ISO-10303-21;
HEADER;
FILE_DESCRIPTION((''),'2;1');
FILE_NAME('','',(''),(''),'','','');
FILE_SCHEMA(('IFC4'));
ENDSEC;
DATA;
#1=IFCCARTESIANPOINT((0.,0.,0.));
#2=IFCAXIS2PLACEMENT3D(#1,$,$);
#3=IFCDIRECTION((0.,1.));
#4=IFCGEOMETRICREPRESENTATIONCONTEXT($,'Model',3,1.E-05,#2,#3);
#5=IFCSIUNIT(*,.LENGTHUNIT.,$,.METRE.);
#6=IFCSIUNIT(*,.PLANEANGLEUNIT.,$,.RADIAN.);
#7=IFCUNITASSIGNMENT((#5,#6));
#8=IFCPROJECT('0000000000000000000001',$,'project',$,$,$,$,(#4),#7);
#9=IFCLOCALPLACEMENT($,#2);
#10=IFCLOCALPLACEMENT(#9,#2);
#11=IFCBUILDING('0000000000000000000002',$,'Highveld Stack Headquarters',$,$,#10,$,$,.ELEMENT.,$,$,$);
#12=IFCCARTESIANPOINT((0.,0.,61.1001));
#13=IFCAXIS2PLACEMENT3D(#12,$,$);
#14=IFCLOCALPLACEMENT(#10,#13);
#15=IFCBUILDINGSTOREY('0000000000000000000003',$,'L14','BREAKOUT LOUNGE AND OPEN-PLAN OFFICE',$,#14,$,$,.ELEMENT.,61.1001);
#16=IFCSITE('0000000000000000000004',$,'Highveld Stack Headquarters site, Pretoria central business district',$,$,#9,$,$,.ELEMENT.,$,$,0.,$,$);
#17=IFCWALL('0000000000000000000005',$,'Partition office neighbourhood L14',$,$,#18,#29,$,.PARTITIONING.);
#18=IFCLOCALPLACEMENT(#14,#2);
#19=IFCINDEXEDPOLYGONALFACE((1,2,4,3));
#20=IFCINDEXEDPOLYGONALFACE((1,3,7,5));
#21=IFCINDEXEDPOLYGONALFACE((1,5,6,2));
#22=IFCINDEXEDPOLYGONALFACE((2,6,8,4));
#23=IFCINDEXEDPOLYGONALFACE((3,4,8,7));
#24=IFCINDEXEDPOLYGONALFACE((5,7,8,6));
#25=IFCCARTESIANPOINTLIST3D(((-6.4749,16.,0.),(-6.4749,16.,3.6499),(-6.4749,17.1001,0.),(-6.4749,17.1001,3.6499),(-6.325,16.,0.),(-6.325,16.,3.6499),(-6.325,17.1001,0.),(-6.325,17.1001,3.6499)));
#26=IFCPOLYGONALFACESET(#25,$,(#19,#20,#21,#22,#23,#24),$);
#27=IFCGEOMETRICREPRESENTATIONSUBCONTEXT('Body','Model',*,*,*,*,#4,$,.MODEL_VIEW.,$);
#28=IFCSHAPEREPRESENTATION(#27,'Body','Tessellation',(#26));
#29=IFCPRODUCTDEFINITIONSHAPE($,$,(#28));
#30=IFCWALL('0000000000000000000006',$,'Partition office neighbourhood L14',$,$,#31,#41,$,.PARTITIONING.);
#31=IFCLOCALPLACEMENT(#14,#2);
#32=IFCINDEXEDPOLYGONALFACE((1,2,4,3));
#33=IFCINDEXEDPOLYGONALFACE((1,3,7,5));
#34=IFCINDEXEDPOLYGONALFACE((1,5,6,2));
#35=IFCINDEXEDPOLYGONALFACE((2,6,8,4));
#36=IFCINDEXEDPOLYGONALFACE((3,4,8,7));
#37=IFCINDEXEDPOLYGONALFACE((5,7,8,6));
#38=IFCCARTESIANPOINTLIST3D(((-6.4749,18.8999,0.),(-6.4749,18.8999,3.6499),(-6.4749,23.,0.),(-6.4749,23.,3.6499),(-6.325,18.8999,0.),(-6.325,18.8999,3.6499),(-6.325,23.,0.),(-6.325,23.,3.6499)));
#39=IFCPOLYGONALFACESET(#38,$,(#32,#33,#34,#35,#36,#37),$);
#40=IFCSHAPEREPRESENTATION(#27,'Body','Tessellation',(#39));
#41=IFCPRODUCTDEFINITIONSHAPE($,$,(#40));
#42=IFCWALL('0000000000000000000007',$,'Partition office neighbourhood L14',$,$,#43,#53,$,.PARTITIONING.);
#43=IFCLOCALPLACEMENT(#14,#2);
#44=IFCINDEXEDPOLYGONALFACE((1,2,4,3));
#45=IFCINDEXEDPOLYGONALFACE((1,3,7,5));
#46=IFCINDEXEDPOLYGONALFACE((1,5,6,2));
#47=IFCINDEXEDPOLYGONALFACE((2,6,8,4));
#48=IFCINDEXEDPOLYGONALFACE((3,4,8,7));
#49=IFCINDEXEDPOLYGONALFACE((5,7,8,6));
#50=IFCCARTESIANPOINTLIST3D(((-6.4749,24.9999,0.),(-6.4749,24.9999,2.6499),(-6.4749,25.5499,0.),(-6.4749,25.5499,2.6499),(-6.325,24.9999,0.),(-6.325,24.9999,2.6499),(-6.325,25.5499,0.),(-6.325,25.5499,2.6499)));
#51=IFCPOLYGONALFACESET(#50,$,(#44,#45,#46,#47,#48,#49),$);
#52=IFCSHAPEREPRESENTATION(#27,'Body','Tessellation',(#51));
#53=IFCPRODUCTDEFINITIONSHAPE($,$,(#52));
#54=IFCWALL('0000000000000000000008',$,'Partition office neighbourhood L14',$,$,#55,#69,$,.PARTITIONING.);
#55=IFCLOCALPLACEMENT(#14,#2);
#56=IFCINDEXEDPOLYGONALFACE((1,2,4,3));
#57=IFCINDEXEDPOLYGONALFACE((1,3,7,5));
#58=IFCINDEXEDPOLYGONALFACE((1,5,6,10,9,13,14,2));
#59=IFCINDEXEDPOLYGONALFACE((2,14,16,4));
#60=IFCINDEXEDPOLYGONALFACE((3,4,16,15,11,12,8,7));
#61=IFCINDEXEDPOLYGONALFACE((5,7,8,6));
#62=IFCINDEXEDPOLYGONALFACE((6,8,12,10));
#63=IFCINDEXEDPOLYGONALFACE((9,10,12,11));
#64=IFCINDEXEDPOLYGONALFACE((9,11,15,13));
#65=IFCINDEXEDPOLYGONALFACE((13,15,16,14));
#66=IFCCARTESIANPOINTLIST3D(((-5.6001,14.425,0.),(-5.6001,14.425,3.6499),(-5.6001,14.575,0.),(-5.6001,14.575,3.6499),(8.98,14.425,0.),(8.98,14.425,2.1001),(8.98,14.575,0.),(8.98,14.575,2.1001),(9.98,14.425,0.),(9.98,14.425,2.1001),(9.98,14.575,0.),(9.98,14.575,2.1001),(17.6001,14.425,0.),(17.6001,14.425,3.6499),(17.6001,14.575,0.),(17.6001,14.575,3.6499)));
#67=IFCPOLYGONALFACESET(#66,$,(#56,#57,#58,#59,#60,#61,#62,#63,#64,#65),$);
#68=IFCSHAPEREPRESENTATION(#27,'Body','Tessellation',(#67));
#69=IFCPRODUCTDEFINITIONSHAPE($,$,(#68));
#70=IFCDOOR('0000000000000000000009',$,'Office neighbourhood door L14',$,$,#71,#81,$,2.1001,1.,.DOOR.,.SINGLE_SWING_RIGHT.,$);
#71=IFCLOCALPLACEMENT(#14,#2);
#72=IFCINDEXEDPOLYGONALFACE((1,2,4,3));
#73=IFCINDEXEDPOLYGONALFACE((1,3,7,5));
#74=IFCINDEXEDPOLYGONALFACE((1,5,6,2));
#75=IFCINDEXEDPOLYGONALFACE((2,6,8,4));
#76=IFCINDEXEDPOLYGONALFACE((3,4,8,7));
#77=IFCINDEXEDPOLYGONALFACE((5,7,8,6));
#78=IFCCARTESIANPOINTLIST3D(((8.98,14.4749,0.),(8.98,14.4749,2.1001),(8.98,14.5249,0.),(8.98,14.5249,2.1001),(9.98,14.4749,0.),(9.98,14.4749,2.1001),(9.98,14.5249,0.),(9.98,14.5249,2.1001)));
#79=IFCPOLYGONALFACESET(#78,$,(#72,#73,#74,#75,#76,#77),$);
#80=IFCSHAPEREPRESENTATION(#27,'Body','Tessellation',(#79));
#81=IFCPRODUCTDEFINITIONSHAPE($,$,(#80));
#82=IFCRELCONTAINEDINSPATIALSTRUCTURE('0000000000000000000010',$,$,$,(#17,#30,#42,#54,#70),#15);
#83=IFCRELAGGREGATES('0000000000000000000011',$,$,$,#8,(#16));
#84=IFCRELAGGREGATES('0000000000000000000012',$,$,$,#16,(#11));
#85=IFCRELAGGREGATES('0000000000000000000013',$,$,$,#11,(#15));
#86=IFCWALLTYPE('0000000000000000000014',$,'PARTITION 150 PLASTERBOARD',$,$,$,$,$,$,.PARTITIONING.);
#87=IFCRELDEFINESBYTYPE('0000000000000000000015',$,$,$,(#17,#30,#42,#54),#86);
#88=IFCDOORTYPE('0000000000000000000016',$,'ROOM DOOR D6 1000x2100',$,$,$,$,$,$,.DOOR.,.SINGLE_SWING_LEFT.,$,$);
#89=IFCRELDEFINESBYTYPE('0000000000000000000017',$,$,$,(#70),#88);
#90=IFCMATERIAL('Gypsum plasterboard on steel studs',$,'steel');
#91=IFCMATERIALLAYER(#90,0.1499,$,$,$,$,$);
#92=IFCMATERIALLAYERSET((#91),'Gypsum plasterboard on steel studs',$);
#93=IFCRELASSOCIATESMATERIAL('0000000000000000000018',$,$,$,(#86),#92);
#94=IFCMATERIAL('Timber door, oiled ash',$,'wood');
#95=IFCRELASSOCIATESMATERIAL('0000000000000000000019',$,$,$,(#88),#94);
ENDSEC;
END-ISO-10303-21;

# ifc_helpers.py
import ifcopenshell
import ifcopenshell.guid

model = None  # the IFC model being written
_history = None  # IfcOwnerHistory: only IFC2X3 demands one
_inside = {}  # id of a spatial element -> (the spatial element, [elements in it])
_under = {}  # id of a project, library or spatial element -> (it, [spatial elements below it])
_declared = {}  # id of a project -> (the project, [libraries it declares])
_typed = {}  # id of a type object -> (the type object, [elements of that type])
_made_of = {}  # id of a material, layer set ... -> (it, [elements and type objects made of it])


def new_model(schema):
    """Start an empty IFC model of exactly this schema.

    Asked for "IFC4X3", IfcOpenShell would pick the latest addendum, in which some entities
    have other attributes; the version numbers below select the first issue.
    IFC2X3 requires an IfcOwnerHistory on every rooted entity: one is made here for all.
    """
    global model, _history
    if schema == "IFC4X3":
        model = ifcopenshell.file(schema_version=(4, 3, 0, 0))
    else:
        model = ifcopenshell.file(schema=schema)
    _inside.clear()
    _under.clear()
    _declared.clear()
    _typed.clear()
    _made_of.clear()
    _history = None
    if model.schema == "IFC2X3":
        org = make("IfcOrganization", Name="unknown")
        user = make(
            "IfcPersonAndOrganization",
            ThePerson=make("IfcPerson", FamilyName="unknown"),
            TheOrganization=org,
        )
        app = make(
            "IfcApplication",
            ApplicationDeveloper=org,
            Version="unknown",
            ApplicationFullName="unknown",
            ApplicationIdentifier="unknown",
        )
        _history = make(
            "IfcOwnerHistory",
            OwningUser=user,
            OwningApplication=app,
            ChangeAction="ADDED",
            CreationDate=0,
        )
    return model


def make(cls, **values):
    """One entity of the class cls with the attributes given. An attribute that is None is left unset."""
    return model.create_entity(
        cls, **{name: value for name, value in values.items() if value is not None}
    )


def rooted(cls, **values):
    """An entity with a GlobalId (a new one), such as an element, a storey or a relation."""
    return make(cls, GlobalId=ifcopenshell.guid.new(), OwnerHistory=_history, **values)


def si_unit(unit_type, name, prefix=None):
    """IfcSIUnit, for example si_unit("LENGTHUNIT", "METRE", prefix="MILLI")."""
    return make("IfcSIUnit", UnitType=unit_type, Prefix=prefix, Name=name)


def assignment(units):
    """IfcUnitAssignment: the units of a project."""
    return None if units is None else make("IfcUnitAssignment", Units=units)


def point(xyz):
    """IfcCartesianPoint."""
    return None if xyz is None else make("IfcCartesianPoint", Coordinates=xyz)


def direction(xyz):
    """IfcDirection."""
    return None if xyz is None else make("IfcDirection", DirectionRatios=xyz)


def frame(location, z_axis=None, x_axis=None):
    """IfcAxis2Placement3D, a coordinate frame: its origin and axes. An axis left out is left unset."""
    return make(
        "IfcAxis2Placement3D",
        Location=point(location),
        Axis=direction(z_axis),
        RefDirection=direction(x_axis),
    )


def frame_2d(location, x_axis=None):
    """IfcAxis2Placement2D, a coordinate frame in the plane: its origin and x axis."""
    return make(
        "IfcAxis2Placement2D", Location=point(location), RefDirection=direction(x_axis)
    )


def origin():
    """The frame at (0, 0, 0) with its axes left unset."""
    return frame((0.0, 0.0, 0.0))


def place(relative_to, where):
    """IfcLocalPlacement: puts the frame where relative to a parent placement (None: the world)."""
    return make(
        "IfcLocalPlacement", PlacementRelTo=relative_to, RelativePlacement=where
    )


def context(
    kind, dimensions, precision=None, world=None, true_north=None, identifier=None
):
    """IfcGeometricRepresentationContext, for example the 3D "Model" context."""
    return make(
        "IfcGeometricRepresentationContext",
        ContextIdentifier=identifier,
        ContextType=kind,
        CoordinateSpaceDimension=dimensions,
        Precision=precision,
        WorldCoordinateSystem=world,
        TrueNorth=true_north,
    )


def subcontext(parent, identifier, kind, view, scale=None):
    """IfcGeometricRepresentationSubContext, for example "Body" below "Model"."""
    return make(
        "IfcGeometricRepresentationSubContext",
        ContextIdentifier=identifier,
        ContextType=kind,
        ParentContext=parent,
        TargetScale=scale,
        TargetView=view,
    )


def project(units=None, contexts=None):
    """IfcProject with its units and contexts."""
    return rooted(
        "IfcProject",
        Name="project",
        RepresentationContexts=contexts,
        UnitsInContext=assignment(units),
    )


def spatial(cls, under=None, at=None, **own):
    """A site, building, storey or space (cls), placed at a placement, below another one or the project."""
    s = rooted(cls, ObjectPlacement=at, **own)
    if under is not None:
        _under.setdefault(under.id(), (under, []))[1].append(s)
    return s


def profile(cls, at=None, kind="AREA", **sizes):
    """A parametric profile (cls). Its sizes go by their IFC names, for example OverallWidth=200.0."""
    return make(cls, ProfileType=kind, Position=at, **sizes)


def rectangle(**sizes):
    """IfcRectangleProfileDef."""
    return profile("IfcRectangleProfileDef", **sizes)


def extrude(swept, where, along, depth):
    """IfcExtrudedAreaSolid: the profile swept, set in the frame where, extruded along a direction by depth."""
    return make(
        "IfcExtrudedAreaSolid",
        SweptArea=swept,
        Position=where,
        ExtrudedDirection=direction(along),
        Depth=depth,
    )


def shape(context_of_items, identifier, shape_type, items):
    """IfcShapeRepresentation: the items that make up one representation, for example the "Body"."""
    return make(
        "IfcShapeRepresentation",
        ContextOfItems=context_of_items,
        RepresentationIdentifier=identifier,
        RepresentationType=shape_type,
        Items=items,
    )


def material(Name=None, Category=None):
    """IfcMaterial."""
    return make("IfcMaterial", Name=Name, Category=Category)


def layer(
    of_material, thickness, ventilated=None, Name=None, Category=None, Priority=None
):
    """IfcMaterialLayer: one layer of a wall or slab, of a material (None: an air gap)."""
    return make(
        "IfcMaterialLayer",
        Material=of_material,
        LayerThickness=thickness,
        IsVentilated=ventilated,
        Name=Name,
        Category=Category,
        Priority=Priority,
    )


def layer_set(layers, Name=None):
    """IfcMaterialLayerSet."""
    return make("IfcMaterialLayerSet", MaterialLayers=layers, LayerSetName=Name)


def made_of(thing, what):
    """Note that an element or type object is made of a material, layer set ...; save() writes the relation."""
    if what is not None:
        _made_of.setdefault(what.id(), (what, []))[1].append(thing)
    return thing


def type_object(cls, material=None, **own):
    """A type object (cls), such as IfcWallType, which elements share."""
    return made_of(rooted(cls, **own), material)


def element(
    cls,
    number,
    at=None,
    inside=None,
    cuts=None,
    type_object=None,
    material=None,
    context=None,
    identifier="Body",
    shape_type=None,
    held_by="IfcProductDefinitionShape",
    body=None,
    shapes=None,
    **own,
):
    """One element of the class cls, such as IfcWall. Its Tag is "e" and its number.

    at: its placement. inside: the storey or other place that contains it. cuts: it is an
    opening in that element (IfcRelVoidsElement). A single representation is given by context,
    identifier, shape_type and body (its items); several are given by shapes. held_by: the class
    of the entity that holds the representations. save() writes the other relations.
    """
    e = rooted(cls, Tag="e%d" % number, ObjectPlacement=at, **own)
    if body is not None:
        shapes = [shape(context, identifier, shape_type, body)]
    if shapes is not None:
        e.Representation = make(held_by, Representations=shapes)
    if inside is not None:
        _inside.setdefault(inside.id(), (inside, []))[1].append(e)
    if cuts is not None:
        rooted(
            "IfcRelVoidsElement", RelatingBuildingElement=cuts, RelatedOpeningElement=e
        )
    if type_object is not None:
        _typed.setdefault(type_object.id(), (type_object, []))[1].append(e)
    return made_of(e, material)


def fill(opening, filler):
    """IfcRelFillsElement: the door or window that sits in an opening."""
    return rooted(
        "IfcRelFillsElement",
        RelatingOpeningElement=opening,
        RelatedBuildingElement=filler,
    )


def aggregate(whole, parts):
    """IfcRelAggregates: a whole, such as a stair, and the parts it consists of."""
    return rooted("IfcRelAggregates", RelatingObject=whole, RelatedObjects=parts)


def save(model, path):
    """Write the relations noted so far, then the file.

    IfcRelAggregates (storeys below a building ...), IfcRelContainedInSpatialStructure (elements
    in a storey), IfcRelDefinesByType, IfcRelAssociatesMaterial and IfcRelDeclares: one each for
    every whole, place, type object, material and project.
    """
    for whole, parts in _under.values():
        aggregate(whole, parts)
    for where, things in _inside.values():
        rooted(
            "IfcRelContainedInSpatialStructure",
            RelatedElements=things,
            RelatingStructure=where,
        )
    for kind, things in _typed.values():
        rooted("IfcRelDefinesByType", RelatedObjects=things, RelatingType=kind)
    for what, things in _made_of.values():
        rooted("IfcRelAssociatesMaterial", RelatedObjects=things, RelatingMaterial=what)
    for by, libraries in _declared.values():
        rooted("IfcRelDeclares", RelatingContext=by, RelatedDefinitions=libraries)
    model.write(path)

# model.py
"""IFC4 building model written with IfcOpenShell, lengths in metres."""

from ifc_helpers import new_model, si_unit, direction, frame, frame_2d, origin, place, context, subcontext, project, spatial, rectangle, extrude, material, layer, layer_set, type_object, element, fill, save


model = new_model("IFC4")

# Units and contexts
model_context = context("Model", 3, precision=1e-05, world=origin(), true_north=direction((0.0, 1.0)))
body_context = subcontext(model_context, "Body", "Model", "MODEL_VIEW")
ifc_project = project(units=[si_unit("LENGTHUNIT", "METRE"), si_unit("PLANEANGLEUNIT", "RADIAN")], contexts=[model_context])

# Site, building, storey
site_placement = place(None, origin())
site = spatial("IfcSite", under=ifc_project, at=site_placement, Name="Highveld Stack Headquarters site, Pretoria central business district", CompositionType="ELEMENT", RefElevation=0.0)
building_placement = place(site_placement, origin())
building = spatial("IfcBuilding", under=site, at=building_placement, Name="Highveld Stack Headquarters", CompositionType="ELEMENT")
storey_placement = place(building_placement, frame((0.0, 0.0, 61.1001)))
storey = spatial("IfcBuildingStorey", under=building, at=storey_placement, Name="L14", Description="BREAKOUT LOUNGE AND OPEN-PLAN OFFICE", CompositionType="ELEMENT", Elevation=61.1001)

# Shared definitions
ifc_material_1 = material(Name="Gypsum plasterboard on steel studs", Category="steel")
ifc_layer = layer(ifc_material_1, 0.1499)
ifc_layer_set = layer_set([ifc_layer], Name="Gypsum plasterboard on steel studs")
wall_type = type_object("IfcWallType", Name="PARTITION 150 PLASTERBOARD", PredefinedType="PARTITIONING", material=ifc_layer_set)
ifc_material_2 = material(Name="Timber door, oiled ash", Category="wood")
door_type = type_object("IfcDoorType", Name="ROOM DOOR D6 1000x2100", OperationType="SINGLE_SWING_LEFT", PredefinedType="DOOR", material=ifc_material_2)

# Walls
wall_1_placement = place(storey_placement, frame((-6.3999, 16.0, 0.0), z_axis=(0.0, 0.0, 1.0), x_axis=(0.0, 1.0, 0.0)))
element("IfcWall", 1, at=wall_1_placement, inside=storey, type_object=wall_type, Name="Partition office neighbourhood L14", PredefinedType="PARTITIONING", context=body_context, shape_type="SweptSolid", body=[
    extrude(rectangle(XDim=1.1001, YDim=0.1499, at=frame_2d((0.55, 0.0))), origin(), (0.0, 0.0, 1.0), 3.6499),
])
wall_2_placement = place(storey_placement, frame((-6.3999, 18.8999, 0.0), z_axis=(0.0, 0.0, 1.0), x_axis=(0.0, 1.0, 0.0)))
element("IfcWall", 2, at=wall_2_placement, inside=storey, type_object=wall_type, Name="Partition office neighbourhood L14", PredefinedType="PARTITIONING", context=body_context, shape_type="SweptSolid", body=[
    extrude(rectangle(XDim=4.1001, YDim=0.1499, at=frame_2d((2.05, 0.0))), origin(), (0.0, 0.0, 1.0), 3.6499),
])
wall_3_placement = place(storey_placement, frame((-6.3999, 25.0, 0.0), z_axis=(0.0, 0.0, 1.0), x_axis=(0.0, 1.0, 0.0)))
element("IfcWall", 3, at=wall_3_placement, inside=storey, type_object=wall_type, Name="Partition office neighbourhood L14", PredefinedType="PARTITIONING", context=body_context, shape_type="SweptSolid", body=[
    extrude(rectangle(XDim=0.55, YDim=0.1499, at=frame_2d((0.2749, 0.0))), origin(), (0.0, 0.0, 1.0), 2.6499),
])

# Wall, opening, door
wall_4_placement = place(storey_placement, frame((-5.6001, 14.5, 0.0), z_axis=(0.0, 0.0, 1.0), x_axis=(1.0, 0.0, 0.0)))
wall_4 = element("IfcWall", 4, at=wall_4_placement, inside=storey, type_object=wall_type, Name="Partition office neighbourhood L14", PredefinedType="PARTITIONING", context=body_context, shape_type="SweptSolid", body=[
    extrude(rectangle(XDim=23.2002, YDim=0.1499, at=frame_2d((11.6001, 0.0))), origin(), (0.0, 0.0, 1.0), 3.6499),
])
opening_1_placement = place(wall_4_placement, frame((14.5801, 0.0, 0.0)))
opening_1 = element("IfcOpeningElement", 5, at=opening_1_placement, cuts=wall_4, PredefinedType="OPENING", context=body_context, shape_type="SweptSolid", body=[
    extrude(rectangle(XDim=1.0, YDim=2.1001, at=frame_2d((0.5, 1.05))), frame((0.0, 0.085, 0.0), z_axis=(0.0, -1.0, 0.0), x_axis=(1.0, 0.0, 0.0)), (0.0, 0.0, 1.0), 0.1699),
])
door_1_placement = place(opening_1_placement, origin())
door_1 = element("IfcDoor", 6, at=door_1_placement, inside=storey, type_object=door_type, Name="Office neighbourhood door L14", OperationType="SINGLE_SWING_RIGHT", OverallHeight=2.1001, OverallWidth=1.0, PredefinedType="DOOR", context=body_context, shape_type="SweptSolid", body=[
    extrude(rectangle(XDim=1.0, YDim=2.1001, at=frame_2d((0.5, 1.05))), frame((0.0, 0.0249, 0.0), z_axis=(0.0, -1.0, 0.0), x_axis=(1.0, 0.0, 0.0)), (0.0, 0.0, 1.0), 0.05),
])
fill(opening_1, door_1)

save(model, "model.ifc")
